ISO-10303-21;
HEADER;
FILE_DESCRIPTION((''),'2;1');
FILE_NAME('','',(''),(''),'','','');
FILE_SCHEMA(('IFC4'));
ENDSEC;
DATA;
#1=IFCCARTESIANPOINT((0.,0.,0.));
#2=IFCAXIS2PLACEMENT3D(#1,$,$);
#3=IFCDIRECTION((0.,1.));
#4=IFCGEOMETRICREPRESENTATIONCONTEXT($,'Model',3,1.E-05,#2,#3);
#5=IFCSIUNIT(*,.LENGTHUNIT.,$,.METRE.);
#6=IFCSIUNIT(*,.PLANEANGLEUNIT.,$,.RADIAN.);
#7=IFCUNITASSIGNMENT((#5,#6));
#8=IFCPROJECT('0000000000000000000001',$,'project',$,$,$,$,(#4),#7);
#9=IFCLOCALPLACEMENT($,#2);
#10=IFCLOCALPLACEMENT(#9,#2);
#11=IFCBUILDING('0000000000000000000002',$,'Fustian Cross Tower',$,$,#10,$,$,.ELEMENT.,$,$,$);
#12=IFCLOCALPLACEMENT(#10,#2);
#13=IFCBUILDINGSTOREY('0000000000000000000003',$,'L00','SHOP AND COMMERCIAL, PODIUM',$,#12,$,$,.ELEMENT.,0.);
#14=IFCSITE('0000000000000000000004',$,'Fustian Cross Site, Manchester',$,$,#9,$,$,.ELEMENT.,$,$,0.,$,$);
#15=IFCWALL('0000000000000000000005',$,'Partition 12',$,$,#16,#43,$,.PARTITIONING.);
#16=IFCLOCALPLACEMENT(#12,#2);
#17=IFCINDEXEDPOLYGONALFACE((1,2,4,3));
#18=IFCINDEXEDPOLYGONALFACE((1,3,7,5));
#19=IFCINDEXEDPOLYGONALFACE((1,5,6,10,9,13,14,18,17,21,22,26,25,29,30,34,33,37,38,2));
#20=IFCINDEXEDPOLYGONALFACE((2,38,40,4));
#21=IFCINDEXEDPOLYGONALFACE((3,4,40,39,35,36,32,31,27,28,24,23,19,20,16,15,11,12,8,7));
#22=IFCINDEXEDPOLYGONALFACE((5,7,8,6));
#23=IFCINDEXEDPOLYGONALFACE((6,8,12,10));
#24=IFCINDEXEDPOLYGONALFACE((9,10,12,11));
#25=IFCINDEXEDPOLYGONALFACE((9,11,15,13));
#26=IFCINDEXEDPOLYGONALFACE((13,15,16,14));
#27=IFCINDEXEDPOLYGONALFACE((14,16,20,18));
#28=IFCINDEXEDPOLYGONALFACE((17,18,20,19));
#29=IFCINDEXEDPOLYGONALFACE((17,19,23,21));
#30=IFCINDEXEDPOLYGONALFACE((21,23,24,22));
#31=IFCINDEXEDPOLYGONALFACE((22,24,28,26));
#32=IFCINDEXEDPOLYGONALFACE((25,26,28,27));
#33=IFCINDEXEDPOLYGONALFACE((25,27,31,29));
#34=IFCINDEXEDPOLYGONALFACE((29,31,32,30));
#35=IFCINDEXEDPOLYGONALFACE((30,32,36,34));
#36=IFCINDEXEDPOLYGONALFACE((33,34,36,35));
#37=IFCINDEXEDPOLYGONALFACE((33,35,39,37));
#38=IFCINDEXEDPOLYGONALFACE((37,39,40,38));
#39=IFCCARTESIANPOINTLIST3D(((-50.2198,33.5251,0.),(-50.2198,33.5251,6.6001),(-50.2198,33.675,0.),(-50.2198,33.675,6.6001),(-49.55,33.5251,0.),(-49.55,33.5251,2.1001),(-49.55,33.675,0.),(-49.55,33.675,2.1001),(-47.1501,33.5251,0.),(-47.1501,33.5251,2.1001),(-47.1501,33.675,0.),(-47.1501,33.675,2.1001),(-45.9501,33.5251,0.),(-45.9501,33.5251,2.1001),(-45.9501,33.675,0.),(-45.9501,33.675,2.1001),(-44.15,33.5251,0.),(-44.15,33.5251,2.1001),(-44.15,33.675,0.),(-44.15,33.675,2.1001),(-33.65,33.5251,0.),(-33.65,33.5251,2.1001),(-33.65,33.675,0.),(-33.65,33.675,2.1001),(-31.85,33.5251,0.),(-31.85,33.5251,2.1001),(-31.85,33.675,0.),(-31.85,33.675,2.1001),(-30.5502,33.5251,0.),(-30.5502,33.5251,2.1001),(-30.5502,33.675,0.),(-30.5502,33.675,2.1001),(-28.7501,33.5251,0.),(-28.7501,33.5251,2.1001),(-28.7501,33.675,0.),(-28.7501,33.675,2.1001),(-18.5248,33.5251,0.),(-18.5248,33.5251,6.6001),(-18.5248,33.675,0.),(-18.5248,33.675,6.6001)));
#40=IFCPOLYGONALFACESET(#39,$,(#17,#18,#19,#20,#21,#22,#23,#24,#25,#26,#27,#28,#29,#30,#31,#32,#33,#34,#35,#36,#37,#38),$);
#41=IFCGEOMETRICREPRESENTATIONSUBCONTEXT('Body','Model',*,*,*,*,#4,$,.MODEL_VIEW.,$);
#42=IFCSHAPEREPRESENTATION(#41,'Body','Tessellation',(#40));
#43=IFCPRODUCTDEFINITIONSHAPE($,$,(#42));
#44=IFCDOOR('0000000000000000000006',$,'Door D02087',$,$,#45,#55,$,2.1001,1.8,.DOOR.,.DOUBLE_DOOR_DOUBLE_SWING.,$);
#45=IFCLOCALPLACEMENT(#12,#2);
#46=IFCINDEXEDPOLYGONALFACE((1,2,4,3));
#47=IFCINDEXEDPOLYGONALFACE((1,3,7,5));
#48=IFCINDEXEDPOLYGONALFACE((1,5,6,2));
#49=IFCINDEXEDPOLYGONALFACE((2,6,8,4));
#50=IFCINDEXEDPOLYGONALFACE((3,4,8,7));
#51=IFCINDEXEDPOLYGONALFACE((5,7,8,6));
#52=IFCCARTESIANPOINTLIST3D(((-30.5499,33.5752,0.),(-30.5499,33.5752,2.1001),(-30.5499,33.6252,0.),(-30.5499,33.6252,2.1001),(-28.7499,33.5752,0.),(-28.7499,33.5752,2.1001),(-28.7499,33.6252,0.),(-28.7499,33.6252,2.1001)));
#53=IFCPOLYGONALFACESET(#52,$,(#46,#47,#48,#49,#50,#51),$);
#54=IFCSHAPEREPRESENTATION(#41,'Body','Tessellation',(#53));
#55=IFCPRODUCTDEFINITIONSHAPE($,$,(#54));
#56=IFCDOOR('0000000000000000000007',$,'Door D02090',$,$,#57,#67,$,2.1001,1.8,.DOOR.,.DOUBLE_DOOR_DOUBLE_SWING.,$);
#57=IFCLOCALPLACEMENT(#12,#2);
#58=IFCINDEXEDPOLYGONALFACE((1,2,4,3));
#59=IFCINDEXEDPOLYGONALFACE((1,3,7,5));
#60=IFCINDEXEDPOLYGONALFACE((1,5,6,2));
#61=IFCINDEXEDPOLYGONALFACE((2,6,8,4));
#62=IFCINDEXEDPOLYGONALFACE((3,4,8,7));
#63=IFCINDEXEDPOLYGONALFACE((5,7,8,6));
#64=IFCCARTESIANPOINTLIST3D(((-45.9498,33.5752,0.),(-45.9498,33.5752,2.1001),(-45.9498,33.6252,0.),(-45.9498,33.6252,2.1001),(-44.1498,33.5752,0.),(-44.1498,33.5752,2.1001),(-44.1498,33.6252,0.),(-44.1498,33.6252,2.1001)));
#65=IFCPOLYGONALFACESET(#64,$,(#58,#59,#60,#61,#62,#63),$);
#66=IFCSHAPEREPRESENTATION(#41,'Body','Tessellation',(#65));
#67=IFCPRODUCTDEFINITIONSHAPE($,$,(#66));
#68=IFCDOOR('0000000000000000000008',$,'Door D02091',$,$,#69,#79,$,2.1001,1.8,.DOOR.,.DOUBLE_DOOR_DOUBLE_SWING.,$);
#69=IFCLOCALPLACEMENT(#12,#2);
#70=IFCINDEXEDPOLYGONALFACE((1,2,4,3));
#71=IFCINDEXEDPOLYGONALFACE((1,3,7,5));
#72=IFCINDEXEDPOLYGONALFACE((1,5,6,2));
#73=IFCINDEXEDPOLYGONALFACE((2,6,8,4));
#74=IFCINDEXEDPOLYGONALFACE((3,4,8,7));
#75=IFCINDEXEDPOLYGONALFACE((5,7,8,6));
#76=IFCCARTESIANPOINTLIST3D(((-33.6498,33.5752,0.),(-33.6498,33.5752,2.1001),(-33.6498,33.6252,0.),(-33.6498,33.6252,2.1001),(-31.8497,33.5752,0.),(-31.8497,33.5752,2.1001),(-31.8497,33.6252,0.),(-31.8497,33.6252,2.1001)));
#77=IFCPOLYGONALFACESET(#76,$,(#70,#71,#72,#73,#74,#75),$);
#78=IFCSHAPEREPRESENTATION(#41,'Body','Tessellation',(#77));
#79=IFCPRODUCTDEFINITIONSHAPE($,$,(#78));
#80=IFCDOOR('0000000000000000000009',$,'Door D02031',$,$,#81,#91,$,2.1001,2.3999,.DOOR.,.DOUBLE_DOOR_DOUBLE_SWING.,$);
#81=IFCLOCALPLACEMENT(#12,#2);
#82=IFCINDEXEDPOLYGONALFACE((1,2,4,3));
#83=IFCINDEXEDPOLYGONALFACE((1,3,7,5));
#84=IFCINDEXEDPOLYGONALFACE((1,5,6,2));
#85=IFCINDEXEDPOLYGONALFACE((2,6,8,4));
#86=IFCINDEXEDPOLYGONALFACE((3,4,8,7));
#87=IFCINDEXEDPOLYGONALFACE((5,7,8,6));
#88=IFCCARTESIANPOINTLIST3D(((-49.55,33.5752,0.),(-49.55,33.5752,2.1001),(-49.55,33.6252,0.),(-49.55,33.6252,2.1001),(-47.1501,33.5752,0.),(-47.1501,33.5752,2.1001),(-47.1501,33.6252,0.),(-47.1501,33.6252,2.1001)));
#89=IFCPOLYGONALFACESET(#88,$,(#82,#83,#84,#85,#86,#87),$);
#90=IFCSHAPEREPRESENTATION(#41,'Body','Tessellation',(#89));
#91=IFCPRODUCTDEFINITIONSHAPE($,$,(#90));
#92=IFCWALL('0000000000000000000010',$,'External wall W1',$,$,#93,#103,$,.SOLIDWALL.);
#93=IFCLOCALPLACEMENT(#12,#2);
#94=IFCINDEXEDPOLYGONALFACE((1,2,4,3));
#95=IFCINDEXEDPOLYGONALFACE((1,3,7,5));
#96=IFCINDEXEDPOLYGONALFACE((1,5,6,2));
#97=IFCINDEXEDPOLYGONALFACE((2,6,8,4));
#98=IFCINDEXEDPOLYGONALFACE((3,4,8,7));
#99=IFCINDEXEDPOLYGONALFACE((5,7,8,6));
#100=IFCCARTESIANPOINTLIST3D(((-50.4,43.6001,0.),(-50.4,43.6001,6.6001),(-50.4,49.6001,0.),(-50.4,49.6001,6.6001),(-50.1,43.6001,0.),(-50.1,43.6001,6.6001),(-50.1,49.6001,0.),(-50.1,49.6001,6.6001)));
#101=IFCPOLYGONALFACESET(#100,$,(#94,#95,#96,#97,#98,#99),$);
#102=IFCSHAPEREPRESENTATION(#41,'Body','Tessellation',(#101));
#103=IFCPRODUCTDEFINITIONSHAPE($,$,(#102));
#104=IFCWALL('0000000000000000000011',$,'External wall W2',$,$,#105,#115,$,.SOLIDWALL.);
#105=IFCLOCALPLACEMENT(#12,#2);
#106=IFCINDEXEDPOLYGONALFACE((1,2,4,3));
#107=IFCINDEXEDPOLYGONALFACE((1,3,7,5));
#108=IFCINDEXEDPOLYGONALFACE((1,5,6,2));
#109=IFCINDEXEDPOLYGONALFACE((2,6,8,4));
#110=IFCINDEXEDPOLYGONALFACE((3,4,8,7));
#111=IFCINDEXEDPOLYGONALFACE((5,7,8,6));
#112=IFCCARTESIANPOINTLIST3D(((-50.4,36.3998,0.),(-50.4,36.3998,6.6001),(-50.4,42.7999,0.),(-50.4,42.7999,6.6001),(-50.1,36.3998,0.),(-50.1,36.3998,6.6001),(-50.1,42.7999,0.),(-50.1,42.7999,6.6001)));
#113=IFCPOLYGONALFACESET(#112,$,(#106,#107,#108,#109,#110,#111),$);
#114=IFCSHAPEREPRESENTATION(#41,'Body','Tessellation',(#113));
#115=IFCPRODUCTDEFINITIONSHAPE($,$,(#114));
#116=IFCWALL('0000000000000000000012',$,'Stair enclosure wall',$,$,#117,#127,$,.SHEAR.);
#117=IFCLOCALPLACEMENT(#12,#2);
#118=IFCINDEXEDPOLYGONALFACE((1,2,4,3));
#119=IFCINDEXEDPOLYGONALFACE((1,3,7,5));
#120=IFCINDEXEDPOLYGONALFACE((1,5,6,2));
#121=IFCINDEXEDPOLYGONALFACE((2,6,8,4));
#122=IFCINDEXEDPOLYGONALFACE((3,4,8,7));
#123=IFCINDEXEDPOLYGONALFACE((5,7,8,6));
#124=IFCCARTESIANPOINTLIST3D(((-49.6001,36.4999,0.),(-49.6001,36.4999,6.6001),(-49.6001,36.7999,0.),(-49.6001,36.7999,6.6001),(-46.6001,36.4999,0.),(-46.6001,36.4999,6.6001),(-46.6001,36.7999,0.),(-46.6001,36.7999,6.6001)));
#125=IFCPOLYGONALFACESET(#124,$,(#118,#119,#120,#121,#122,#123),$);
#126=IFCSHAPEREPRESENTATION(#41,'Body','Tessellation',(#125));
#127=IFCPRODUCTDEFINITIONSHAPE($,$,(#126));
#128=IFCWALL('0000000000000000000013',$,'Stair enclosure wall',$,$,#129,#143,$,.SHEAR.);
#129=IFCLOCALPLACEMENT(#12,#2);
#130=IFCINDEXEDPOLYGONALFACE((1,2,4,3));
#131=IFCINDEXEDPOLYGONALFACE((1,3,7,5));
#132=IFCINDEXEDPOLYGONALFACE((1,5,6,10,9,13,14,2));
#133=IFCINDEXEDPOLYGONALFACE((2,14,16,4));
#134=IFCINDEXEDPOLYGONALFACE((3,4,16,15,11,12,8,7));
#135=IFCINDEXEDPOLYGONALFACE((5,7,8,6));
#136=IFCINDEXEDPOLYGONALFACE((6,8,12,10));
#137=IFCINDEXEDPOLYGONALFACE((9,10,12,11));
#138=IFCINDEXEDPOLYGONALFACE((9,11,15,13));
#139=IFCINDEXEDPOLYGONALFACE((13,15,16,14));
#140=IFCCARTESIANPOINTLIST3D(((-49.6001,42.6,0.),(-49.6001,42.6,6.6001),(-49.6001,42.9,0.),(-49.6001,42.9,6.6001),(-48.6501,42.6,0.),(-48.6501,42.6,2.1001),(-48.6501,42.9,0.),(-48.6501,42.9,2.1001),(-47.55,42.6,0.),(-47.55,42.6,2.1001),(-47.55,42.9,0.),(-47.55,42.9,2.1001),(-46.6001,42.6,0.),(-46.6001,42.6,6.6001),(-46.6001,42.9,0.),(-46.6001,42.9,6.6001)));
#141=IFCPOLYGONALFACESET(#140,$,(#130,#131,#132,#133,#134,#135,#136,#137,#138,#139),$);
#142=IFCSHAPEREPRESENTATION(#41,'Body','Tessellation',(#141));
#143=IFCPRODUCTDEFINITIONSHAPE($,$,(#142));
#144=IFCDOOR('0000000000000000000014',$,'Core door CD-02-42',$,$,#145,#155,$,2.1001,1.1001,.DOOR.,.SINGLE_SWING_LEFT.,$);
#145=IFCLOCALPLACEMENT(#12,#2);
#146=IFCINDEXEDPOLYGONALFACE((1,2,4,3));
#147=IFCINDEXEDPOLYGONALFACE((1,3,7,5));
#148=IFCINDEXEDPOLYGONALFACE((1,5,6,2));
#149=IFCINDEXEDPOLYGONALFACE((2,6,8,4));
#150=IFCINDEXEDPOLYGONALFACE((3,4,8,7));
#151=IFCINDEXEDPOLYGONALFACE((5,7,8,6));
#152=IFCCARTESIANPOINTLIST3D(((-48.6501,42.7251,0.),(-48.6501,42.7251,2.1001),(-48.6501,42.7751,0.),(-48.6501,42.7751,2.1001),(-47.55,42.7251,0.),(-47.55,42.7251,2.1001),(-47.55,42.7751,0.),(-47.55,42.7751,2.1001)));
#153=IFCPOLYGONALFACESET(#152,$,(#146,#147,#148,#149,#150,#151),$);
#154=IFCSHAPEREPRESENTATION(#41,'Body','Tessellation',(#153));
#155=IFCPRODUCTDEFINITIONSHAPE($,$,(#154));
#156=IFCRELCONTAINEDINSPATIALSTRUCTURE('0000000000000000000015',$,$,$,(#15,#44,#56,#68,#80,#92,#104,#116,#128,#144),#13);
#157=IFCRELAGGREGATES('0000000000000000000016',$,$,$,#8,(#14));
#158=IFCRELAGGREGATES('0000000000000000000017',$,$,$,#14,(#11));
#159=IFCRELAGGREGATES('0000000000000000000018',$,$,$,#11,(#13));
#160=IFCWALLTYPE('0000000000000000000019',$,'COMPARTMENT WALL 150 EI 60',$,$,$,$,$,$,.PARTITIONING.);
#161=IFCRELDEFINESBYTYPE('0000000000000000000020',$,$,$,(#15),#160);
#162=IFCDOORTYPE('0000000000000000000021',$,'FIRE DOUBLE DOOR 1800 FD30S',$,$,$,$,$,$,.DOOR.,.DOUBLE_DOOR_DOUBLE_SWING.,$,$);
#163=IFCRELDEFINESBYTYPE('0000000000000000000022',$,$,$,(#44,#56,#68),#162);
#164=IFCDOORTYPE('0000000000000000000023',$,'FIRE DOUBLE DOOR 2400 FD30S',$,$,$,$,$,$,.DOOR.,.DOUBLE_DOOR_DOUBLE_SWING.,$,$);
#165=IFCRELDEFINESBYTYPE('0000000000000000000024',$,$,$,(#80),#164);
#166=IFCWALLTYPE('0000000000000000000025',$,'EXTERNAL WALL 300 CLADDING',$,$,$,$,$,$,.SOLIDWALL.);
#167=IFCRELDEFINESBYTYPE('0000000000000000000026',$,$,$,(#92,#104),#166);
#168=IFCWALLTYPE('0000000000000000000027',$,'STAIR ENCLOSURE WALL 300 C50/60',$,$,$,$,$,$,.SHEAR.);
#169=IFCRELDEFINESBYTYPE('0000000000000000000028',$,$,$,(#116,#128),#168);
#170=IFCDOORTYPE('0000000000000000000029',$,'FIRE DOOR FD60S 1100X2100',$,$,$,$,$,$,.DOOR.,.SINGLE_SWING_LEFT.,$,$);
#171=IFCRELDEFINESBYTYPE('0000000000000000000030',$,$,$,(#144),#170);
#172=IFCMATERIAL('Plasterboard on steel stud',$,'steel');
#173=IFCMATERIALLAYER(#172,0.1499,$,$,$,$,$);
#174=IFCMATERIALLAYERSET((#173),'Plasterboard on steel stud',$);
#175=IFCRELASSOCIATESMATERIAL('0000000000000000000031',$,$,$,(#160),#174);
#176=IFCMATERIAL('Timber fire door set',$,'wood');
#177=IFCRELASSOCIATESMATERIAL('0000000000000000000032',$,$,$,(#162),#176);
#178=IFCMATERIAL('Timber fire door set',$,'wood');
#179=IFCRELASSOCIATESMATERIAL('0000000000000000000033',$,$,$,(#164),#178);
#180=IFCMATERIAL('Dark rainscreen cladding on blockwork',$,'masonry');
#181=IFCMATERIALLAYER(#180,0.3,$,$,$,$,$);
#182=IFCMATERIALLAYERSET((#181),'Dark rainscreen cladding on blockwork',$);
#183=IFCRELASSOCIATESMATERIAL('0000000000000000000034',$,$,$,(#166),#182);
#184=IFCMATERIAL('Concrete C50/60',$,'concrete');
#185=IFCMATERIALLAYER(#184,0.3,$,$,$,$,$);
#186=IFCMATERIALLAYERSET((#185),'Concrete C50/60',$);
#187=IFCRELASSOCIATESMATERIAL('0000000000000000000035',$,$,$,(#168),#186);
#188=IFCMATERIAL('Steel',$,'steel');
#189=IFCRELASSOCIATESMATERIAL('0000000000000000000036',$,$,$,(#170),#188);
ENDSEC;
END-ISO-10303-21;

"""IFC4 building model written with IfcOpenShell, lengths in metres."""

from ifc_helpers import new_model, si_unit, direction, frame, frame_2d, origin, place, context, subcontext, project, spatial, rectangle, extrude, material, layer, layer_set, type_object, element, fill, save


model = new_model("IFC4")

# Units and contexts
model_context = context("Model", 3, precision=1e-05, world=origin(), true_north=direction((0.0, 1.0)))
body_context = subcontext(model_context, "Body", "Model", "MODEL_VIEW")
ifc_project = project(units=[si_unit("LENGTHUNIT", "METRE"), si_unit("PLANEANGLEUNIT", "RADIAN")], contexts=[model_context])

# Site, building, storey
site_placement = place(None, origin())
site = spatial("IfcSite", under=ifc_project, at=site_placement, Name="Fustian Cross Site, Manchester", CompositionType="ELEMENT", RefElevation=0.0)
building_placement = place(site_placement, origin())
building = spatial("IfcBuilding", under=site, at=building_placement, Name="Fustian Cross Tower", CompositionType="ELEMENT")
storey_placement = place(building_placement, origin())
storey = spatial("IfcBuildingStorey", under=building, at=storey_placement, Name="L00", Description="SHOP AND COMMERCIAL, PODIUM", CompositionType="ELEMENT", Elevation=0.0)

# Wall, openings, doors
ifc_material_1 = material(Name="Plasterboard on steel stud", Category="steel")
ifc_layer_1 = layer(ifc_material_1, 0.1499)
ifc_layer_set_1 = layer_set([ifc_layer_1], Name="Plasterboard on steel stud")
wall_type_1 = type_object("IfcWallType", Name="COMPARTMENT WALL 150 EI 60", PredefinedType="PARTITIONING", material=ifc_layer_set_1)
wall_1_placement = place(storey_placement, frame((-50.22, 33.6001, 0.0), z_axis=(0.0, 0.0, 1.0), x_axis=(1.0, 0.0, 0.0)))
wall_1 = element("IfcWall", 1, at=wall_1_placement, inside=storey, type_object=wall_type_1, Name="Partition 12", PredefinedType="PARTITIONING", context=body_context, shape_type="SweptSolid", body=[
    extrude(rectangle(XDim=31.6951, YDim=0.1499, at=frame_2d((15.8477, 0.0))), origin(), (0.0, 0.0, 1.0), 6.6001),
])
opening_1_placement = place(wall_1_placement, frame((0.6699, 0.0, 0.0)))
opening_1 = element("IfcOpeningElement", 2, at=opening_1_placement, cuts=wall_1, PredefinedType="OPENING", context=body_context, shape_type="SweptSolid", body=[
    extrude(rectangle(XDim=2.3999, YDim=2.1001, at=frame_2d((1.2, 1.05))), frame((0.0, 0.085, 0.0), z_axis=(0.0, -1.0, 0.0), x_axis=(1.0, 0.0, 0.0)), (0.0, 0.0, 1.0), 0.1699),
])
opening_2_placement = place(wall_1_placement, frame((19.6699, 0.0, 0.0)))
opening_2 = element("IfcOpeningElement", 3, at=opening_2_placement, cuts=wall_1, PredefinedType="OPENING", context=body_context, shape_type="SweptSolid", body=[
    extrude(rectangle(XDim=1.8, YDim=2.1001, at=frame_2d((0.8999, 1.05))), frame((0.0, 0.085, 0.0), z_axis=(0.0, -1.0, 0.0), x_axis=(1.0, 0.0, 0.0)), (0.0, 0.0, 1.0), 0.1699),
])
opening_3_placement = place(wall_1_placement, frame((4.27, 0.0, 0.0)))
opening_3 = element("IfcOpeningElement", 4, at=opening_3_placement, cuts=wall_1, PredefinedType="OPENING", context=body_context, shape_type="SweptSolid", body=[
    extrude(rectangle(XDim=1.8, YDim=2.1001, at=frame_2d((0.8999, 1.05))), frame((0.0, 0.085, 0.0), z_axis=(0.0, -1.0, 0.0), x_axis=(1.0, 0.0, 0.0)), (0.0, 0.0, 1.0), 0.1699),
])
opening_4_placement = place(wall_1_placement, frame((16.5701, 0.0, 0.0)))
opening_4 = element("IfcOpeningElement", 5, at=opening_4_placement, cuts=wall_1, PredefinedType="OPENING", context=body_context, shape_type="SweptSolid", body=[
    extrude(rectangle(XDim=1.8, YDim=2.1001, at=frame_2d((0.8999, 1.05))), frame((0.0, 0.085, 0.0), z_axis=(0.0, -1.0, 0.0), x_axis=(1.0, 0.0, 0.0)), (0.0, 0.0, 1.0), 0.1699),
])
ifc_material_2 = material(Name="Timber fire door set", Category="wood")
door_type_1 = type_object("IfcDoorType", Name="FIRE DOUBLE DOOR 1800 FD30S", OperationType="DOUBLE_DOOR_DOUBLE_SWING", PredefinedType="DOOR", material=ifc_material_2)
door_1_placement = place(opening_2_placement, frame((1.8, 0.0, 0.0), z_axis=(0.0, 0.0, 1.0), x_axis=(-1.0, 0.0, 0.0)))
door_1 = element("IfcDoor", 6, at=door_1_placement, inside=storey, type_object=door_type_1, Name="Door D02087", OperationType="DOUBLE_DOOR_DOUBLE_SWING", OverallHeight=2.1001, OverallWidth=1.8, PredefinedType="DOOR", context=body_context, shape_type="SweptSolid", body=[
    extrude(rectangle(XDim=1.8, YDim=2.1001, at=frame_2d((0.8999, 1.05))), frame((0.0, 0.0249, 0.0), z_axis=(0.0, -1.0, 0.0), x_axis=(1.0, 0.0, 0.0)), (0.0, 0.0, 1.0), 0.05),
])
fill(opening_2, door_1)
door_2_placement = place(opening_3_placement, frame((1.8, 0.0, 0.0), z_axis=(0.0, 0.0, 1.0), x_axis=(-1.0, 0.0, 0.0)))
door_2 = element("IfcDoor", 7, at=door_2_placement, inside=storey, type_object=door_type_1, Name="Door D02090", OperationType="DOUBLE_DOOR_DOUBLE_SWING", OverallHeight=2.1001, OverallWidth=1.8, PredefinedType="DOOR", context=body_context, shape_type="SweptSolid", body=[
    extrude(rectangle(XDim=1.8, YDim=2.1001, at=frame_2d((0.8999, 1.05))), frame((0.0, 0.0249, 0.0), z_axis=(0.0, -1.0, 0.0), x_axis=(1.0, 0.0, 0.0)), (0.0, 0.0, 1.0), 0.05),
])
fill(opening_3, door_2)
door_3_placement = place(opening_4_placement, frame((1.8, 0.0, 0.0), z_axis=(0.0, 0.0, 1.0), x_axis=(-1.0, 0.0, 0.0)))
door_3 = element("IfcDoor", 8, at=door_3_placement, inside=storey, type_object=door_type_1, Name="Door D02091", OperationType="DOUBLE_DOOR_DOUBLE_SWING", OverallHeight=2.1001, OverallWidth=1.8, PredefinedType="DOOR", context=body_context, shape_type="SweptSolid", body=[
    extrude(rectangle(XDim=1.8, YDim=2.1001, at=frame_2d((0.8999, 1.05))), frame((0.0, 0.0249, 0.0), z_axis=(0.0, -1.0, 0.0), x_axis=(1.0, 0.0, 0.0)), (0.0, 0.0, 1.0), 0.05),
])
fill(opening_4, door_3)
ifc_material_3 = material(Name="Timber fire door set", Category="wood")
door_type_2 = type_object("IfcDoorType", Name="FIRE DOUBLE DOOR 2400 FD30S", OperationType="DOUBLE_DOOR_DOUBLE_SWING", PredefinedType="DOOR", material=ifc_material_3)
door_4_placement = place(opening_1_placement, frame((2.3999, 0.0, 0.0), z_axis=(0.0, 0.0, 1.0), x_axis=(-1.0, 0.0, 0.0)))
door_4 = element("IfcDoor", 9, at=door_4_placement, inside=storey, type_object=door_type_2, Name="Door D02031", OperationType="DOUBLE_DOOR_DOUBLE_SWING", OverallHeight=2.1001, OverallWidth=2.3999, PredefinedType="DOOR", context=body_context, shape_type="SweptSolid", body=[
    extrude(rectangle(XDim=2.3999, YDim=2.1001, at=frame_2d((1.2, 1.05))), frame((0.0, 0.0249, 0.0), z_axis=(0.0, -1.0, 0.0), x_axis=(1.0, 0.0, 0.0)), (0.0, 0.0, 1.0), 0.05),
])
fill(opening_1, door_4)

# Walls
ifc_material_4 = material(Name="Dark rainscreen cladding on blockwork", Category="masonry")
ifc_layer_2 = layer(ifc_material_4, 0.3)
ifc_layer_set_2 = layer_set([ifc_layer_2], Name="Dark rainscreen cladding on blockwork")
wall_type_2 = type_object("IfcWallType", Name="EXTERNAL WALL 300 CLADDING", PredefinedType="SOLIDWALL", material=ifc_layer_set_2)
wall_2_placement = place(storey_placement, frame((-50.25, 49.6001, 0.0), z_axis=(0.0, 0.0, 1.0), x_axis=(0.0, -1.0, 0.0)))
element("IfcWall", 10, at=wall_2_placement, inside=storey, type_object=wall_type_2, Name="External wall W1", PredefinedType="SOLIDWALL", context=body_context, shape_type="SweptSolid", body=[
    extrude(rectangle(XDim=6.0, YDim=0.3, at=frame_2d((3.0, 0.0))), origin(), (0.0, 0.0, 1.0), 6.6001),
])
wall_3_placement = place(storey_placement, frame((-50.25, 42.8, 0.0), z_axis=(0.0, 0.0, 1.0), x_axis=(0.0, -1.0, 0.0)))
element("IfcWall", 11, at=wall_3_placement, inside=storey, type_object=wall_type_2, Name="External wall W2", PredefinedType="SOLIDWALL", context=body_context, shape_type="SweptSolid", body=[
    extrude(rectangle(XDim=6.4001, YDim=0.3, at=frame_2d((3.2002, 0.0))), origin(), (0.0, 0.0, 1.0), 6.6001),
])
ifc_material_5 = material(Name="Concrete C50/60", Category="concrete")
ifc_layer_3 = layer(ifc_material_5, 0.3)
ifc_layer_set_3 = layer_set([ifc_layer_3], Name="Concrete C50/60")
wall_type_3 = type_object("IfcWallType", Name="STAIR ENCLOSURE WALL 300 C50/60", PredefinedType="SHEAR", material=ifc_layer_set_3)
wall_4_placement = place(storey_placement, frame((-49.6001, 36.6499, 0.0), z_axis=(0.0, 0.0, 1.0), x_axis=(1.0, 0.0, 0.0)))
element("IfcWall", 12, at=wall_4_placement, inside=storey, type_object=wall_type_3, Name="Stair enclosure wall", PredefinedType="SHEAR", context=body_context, shape_type="SweptSolid", body=[
    extrude(rectangle(XDim=3.0, YDim=0.3, at=frame_2d((1.5, 0.0))), origin(), (0.0, 0.0, 1.0), 6.6001),
])

# Wall, opening, door
wall_5_placement = place(storey_placement, frame((-49.6001, 42.75, 0.0), z_axis=(0.0, 0.0, 1.0), x_axis=(1.0, 0.0, 0.0)))
wall_5 = element("IfcWall", 13, at=wall_5_placement, inside=storey, type_object=wall_type_3, Name="Stair enclosure wall", PredefinedType="SHEAR", context=body_context, shape_type="SweptSolid", body=[
    extrude(rectangle(XDim=3.0, YDim=0.3, at=frame_2d((1.5, 0.0))), origin(), (0.0, 0.0, 1.0), 6.6001),
])
opening_5_placement = place(wall_5_placement, frame((0.95, 0.0, 0.0)))
opening_5 = element("IfcOpeningElement", 14, at=opening_5_placement, cuts=wall_5, PredefinedType="OPENING", context=body_context, shape_type="SweptSolid", body=[
    extrude(rectangle(XDim=1.1001, YDim=2.1001, at=frame_2d((0.55, 1.05))), frame((0.0, 0.1599, 0.0), z_axis=(0.0, -1.0, 0.0), x_axis=(1.0, 0.0, 0.0)), (0.0, 0.0, 1.0), 0.3201),
])
ifc_material_6 = material(Name="Steel", Category="steel")
door_type_3 = type_object("IfcDoorType", Name="FIRE DOOR FD60S 1100X2100", OperationType="SINGLE_SWING_LEFT", PredefinedType="DOOR", material=ifc_material_6)
door_5_placement = place(opening_5_placement, frame((1.1001, 0.0, 0.0), z_axis=(0.0, 0.0, 1.0), x_axis=(-1.0, 0.0, 0.0)))
door_5 = element("IfcDoor", 15, at=door_5_placement, inside=storey, type_object=door_type_3, Name="Core door CD-02-42", OperationType="SINGLE_SWING_LEFT", OverallHeight=2.1001, OverallWidth=1.1001, PredefinedType="DOOR", context=body_context, shape_type="SweptSolid", body=[
    extrude(rectangle(XDim=1.1001, YDim=2.1001, at=frame_2d((0.55, 1.05))), frame((0.0, 0.0249, 0.0), z_axis=(0.0, -1.0, 0.0), x_axis=(1.0, 0.0, 0.0)), (0.0, 0.0, 1.0), 0.05),
])
fill(opening_5, door_5)

save(model, "model.ifc")
